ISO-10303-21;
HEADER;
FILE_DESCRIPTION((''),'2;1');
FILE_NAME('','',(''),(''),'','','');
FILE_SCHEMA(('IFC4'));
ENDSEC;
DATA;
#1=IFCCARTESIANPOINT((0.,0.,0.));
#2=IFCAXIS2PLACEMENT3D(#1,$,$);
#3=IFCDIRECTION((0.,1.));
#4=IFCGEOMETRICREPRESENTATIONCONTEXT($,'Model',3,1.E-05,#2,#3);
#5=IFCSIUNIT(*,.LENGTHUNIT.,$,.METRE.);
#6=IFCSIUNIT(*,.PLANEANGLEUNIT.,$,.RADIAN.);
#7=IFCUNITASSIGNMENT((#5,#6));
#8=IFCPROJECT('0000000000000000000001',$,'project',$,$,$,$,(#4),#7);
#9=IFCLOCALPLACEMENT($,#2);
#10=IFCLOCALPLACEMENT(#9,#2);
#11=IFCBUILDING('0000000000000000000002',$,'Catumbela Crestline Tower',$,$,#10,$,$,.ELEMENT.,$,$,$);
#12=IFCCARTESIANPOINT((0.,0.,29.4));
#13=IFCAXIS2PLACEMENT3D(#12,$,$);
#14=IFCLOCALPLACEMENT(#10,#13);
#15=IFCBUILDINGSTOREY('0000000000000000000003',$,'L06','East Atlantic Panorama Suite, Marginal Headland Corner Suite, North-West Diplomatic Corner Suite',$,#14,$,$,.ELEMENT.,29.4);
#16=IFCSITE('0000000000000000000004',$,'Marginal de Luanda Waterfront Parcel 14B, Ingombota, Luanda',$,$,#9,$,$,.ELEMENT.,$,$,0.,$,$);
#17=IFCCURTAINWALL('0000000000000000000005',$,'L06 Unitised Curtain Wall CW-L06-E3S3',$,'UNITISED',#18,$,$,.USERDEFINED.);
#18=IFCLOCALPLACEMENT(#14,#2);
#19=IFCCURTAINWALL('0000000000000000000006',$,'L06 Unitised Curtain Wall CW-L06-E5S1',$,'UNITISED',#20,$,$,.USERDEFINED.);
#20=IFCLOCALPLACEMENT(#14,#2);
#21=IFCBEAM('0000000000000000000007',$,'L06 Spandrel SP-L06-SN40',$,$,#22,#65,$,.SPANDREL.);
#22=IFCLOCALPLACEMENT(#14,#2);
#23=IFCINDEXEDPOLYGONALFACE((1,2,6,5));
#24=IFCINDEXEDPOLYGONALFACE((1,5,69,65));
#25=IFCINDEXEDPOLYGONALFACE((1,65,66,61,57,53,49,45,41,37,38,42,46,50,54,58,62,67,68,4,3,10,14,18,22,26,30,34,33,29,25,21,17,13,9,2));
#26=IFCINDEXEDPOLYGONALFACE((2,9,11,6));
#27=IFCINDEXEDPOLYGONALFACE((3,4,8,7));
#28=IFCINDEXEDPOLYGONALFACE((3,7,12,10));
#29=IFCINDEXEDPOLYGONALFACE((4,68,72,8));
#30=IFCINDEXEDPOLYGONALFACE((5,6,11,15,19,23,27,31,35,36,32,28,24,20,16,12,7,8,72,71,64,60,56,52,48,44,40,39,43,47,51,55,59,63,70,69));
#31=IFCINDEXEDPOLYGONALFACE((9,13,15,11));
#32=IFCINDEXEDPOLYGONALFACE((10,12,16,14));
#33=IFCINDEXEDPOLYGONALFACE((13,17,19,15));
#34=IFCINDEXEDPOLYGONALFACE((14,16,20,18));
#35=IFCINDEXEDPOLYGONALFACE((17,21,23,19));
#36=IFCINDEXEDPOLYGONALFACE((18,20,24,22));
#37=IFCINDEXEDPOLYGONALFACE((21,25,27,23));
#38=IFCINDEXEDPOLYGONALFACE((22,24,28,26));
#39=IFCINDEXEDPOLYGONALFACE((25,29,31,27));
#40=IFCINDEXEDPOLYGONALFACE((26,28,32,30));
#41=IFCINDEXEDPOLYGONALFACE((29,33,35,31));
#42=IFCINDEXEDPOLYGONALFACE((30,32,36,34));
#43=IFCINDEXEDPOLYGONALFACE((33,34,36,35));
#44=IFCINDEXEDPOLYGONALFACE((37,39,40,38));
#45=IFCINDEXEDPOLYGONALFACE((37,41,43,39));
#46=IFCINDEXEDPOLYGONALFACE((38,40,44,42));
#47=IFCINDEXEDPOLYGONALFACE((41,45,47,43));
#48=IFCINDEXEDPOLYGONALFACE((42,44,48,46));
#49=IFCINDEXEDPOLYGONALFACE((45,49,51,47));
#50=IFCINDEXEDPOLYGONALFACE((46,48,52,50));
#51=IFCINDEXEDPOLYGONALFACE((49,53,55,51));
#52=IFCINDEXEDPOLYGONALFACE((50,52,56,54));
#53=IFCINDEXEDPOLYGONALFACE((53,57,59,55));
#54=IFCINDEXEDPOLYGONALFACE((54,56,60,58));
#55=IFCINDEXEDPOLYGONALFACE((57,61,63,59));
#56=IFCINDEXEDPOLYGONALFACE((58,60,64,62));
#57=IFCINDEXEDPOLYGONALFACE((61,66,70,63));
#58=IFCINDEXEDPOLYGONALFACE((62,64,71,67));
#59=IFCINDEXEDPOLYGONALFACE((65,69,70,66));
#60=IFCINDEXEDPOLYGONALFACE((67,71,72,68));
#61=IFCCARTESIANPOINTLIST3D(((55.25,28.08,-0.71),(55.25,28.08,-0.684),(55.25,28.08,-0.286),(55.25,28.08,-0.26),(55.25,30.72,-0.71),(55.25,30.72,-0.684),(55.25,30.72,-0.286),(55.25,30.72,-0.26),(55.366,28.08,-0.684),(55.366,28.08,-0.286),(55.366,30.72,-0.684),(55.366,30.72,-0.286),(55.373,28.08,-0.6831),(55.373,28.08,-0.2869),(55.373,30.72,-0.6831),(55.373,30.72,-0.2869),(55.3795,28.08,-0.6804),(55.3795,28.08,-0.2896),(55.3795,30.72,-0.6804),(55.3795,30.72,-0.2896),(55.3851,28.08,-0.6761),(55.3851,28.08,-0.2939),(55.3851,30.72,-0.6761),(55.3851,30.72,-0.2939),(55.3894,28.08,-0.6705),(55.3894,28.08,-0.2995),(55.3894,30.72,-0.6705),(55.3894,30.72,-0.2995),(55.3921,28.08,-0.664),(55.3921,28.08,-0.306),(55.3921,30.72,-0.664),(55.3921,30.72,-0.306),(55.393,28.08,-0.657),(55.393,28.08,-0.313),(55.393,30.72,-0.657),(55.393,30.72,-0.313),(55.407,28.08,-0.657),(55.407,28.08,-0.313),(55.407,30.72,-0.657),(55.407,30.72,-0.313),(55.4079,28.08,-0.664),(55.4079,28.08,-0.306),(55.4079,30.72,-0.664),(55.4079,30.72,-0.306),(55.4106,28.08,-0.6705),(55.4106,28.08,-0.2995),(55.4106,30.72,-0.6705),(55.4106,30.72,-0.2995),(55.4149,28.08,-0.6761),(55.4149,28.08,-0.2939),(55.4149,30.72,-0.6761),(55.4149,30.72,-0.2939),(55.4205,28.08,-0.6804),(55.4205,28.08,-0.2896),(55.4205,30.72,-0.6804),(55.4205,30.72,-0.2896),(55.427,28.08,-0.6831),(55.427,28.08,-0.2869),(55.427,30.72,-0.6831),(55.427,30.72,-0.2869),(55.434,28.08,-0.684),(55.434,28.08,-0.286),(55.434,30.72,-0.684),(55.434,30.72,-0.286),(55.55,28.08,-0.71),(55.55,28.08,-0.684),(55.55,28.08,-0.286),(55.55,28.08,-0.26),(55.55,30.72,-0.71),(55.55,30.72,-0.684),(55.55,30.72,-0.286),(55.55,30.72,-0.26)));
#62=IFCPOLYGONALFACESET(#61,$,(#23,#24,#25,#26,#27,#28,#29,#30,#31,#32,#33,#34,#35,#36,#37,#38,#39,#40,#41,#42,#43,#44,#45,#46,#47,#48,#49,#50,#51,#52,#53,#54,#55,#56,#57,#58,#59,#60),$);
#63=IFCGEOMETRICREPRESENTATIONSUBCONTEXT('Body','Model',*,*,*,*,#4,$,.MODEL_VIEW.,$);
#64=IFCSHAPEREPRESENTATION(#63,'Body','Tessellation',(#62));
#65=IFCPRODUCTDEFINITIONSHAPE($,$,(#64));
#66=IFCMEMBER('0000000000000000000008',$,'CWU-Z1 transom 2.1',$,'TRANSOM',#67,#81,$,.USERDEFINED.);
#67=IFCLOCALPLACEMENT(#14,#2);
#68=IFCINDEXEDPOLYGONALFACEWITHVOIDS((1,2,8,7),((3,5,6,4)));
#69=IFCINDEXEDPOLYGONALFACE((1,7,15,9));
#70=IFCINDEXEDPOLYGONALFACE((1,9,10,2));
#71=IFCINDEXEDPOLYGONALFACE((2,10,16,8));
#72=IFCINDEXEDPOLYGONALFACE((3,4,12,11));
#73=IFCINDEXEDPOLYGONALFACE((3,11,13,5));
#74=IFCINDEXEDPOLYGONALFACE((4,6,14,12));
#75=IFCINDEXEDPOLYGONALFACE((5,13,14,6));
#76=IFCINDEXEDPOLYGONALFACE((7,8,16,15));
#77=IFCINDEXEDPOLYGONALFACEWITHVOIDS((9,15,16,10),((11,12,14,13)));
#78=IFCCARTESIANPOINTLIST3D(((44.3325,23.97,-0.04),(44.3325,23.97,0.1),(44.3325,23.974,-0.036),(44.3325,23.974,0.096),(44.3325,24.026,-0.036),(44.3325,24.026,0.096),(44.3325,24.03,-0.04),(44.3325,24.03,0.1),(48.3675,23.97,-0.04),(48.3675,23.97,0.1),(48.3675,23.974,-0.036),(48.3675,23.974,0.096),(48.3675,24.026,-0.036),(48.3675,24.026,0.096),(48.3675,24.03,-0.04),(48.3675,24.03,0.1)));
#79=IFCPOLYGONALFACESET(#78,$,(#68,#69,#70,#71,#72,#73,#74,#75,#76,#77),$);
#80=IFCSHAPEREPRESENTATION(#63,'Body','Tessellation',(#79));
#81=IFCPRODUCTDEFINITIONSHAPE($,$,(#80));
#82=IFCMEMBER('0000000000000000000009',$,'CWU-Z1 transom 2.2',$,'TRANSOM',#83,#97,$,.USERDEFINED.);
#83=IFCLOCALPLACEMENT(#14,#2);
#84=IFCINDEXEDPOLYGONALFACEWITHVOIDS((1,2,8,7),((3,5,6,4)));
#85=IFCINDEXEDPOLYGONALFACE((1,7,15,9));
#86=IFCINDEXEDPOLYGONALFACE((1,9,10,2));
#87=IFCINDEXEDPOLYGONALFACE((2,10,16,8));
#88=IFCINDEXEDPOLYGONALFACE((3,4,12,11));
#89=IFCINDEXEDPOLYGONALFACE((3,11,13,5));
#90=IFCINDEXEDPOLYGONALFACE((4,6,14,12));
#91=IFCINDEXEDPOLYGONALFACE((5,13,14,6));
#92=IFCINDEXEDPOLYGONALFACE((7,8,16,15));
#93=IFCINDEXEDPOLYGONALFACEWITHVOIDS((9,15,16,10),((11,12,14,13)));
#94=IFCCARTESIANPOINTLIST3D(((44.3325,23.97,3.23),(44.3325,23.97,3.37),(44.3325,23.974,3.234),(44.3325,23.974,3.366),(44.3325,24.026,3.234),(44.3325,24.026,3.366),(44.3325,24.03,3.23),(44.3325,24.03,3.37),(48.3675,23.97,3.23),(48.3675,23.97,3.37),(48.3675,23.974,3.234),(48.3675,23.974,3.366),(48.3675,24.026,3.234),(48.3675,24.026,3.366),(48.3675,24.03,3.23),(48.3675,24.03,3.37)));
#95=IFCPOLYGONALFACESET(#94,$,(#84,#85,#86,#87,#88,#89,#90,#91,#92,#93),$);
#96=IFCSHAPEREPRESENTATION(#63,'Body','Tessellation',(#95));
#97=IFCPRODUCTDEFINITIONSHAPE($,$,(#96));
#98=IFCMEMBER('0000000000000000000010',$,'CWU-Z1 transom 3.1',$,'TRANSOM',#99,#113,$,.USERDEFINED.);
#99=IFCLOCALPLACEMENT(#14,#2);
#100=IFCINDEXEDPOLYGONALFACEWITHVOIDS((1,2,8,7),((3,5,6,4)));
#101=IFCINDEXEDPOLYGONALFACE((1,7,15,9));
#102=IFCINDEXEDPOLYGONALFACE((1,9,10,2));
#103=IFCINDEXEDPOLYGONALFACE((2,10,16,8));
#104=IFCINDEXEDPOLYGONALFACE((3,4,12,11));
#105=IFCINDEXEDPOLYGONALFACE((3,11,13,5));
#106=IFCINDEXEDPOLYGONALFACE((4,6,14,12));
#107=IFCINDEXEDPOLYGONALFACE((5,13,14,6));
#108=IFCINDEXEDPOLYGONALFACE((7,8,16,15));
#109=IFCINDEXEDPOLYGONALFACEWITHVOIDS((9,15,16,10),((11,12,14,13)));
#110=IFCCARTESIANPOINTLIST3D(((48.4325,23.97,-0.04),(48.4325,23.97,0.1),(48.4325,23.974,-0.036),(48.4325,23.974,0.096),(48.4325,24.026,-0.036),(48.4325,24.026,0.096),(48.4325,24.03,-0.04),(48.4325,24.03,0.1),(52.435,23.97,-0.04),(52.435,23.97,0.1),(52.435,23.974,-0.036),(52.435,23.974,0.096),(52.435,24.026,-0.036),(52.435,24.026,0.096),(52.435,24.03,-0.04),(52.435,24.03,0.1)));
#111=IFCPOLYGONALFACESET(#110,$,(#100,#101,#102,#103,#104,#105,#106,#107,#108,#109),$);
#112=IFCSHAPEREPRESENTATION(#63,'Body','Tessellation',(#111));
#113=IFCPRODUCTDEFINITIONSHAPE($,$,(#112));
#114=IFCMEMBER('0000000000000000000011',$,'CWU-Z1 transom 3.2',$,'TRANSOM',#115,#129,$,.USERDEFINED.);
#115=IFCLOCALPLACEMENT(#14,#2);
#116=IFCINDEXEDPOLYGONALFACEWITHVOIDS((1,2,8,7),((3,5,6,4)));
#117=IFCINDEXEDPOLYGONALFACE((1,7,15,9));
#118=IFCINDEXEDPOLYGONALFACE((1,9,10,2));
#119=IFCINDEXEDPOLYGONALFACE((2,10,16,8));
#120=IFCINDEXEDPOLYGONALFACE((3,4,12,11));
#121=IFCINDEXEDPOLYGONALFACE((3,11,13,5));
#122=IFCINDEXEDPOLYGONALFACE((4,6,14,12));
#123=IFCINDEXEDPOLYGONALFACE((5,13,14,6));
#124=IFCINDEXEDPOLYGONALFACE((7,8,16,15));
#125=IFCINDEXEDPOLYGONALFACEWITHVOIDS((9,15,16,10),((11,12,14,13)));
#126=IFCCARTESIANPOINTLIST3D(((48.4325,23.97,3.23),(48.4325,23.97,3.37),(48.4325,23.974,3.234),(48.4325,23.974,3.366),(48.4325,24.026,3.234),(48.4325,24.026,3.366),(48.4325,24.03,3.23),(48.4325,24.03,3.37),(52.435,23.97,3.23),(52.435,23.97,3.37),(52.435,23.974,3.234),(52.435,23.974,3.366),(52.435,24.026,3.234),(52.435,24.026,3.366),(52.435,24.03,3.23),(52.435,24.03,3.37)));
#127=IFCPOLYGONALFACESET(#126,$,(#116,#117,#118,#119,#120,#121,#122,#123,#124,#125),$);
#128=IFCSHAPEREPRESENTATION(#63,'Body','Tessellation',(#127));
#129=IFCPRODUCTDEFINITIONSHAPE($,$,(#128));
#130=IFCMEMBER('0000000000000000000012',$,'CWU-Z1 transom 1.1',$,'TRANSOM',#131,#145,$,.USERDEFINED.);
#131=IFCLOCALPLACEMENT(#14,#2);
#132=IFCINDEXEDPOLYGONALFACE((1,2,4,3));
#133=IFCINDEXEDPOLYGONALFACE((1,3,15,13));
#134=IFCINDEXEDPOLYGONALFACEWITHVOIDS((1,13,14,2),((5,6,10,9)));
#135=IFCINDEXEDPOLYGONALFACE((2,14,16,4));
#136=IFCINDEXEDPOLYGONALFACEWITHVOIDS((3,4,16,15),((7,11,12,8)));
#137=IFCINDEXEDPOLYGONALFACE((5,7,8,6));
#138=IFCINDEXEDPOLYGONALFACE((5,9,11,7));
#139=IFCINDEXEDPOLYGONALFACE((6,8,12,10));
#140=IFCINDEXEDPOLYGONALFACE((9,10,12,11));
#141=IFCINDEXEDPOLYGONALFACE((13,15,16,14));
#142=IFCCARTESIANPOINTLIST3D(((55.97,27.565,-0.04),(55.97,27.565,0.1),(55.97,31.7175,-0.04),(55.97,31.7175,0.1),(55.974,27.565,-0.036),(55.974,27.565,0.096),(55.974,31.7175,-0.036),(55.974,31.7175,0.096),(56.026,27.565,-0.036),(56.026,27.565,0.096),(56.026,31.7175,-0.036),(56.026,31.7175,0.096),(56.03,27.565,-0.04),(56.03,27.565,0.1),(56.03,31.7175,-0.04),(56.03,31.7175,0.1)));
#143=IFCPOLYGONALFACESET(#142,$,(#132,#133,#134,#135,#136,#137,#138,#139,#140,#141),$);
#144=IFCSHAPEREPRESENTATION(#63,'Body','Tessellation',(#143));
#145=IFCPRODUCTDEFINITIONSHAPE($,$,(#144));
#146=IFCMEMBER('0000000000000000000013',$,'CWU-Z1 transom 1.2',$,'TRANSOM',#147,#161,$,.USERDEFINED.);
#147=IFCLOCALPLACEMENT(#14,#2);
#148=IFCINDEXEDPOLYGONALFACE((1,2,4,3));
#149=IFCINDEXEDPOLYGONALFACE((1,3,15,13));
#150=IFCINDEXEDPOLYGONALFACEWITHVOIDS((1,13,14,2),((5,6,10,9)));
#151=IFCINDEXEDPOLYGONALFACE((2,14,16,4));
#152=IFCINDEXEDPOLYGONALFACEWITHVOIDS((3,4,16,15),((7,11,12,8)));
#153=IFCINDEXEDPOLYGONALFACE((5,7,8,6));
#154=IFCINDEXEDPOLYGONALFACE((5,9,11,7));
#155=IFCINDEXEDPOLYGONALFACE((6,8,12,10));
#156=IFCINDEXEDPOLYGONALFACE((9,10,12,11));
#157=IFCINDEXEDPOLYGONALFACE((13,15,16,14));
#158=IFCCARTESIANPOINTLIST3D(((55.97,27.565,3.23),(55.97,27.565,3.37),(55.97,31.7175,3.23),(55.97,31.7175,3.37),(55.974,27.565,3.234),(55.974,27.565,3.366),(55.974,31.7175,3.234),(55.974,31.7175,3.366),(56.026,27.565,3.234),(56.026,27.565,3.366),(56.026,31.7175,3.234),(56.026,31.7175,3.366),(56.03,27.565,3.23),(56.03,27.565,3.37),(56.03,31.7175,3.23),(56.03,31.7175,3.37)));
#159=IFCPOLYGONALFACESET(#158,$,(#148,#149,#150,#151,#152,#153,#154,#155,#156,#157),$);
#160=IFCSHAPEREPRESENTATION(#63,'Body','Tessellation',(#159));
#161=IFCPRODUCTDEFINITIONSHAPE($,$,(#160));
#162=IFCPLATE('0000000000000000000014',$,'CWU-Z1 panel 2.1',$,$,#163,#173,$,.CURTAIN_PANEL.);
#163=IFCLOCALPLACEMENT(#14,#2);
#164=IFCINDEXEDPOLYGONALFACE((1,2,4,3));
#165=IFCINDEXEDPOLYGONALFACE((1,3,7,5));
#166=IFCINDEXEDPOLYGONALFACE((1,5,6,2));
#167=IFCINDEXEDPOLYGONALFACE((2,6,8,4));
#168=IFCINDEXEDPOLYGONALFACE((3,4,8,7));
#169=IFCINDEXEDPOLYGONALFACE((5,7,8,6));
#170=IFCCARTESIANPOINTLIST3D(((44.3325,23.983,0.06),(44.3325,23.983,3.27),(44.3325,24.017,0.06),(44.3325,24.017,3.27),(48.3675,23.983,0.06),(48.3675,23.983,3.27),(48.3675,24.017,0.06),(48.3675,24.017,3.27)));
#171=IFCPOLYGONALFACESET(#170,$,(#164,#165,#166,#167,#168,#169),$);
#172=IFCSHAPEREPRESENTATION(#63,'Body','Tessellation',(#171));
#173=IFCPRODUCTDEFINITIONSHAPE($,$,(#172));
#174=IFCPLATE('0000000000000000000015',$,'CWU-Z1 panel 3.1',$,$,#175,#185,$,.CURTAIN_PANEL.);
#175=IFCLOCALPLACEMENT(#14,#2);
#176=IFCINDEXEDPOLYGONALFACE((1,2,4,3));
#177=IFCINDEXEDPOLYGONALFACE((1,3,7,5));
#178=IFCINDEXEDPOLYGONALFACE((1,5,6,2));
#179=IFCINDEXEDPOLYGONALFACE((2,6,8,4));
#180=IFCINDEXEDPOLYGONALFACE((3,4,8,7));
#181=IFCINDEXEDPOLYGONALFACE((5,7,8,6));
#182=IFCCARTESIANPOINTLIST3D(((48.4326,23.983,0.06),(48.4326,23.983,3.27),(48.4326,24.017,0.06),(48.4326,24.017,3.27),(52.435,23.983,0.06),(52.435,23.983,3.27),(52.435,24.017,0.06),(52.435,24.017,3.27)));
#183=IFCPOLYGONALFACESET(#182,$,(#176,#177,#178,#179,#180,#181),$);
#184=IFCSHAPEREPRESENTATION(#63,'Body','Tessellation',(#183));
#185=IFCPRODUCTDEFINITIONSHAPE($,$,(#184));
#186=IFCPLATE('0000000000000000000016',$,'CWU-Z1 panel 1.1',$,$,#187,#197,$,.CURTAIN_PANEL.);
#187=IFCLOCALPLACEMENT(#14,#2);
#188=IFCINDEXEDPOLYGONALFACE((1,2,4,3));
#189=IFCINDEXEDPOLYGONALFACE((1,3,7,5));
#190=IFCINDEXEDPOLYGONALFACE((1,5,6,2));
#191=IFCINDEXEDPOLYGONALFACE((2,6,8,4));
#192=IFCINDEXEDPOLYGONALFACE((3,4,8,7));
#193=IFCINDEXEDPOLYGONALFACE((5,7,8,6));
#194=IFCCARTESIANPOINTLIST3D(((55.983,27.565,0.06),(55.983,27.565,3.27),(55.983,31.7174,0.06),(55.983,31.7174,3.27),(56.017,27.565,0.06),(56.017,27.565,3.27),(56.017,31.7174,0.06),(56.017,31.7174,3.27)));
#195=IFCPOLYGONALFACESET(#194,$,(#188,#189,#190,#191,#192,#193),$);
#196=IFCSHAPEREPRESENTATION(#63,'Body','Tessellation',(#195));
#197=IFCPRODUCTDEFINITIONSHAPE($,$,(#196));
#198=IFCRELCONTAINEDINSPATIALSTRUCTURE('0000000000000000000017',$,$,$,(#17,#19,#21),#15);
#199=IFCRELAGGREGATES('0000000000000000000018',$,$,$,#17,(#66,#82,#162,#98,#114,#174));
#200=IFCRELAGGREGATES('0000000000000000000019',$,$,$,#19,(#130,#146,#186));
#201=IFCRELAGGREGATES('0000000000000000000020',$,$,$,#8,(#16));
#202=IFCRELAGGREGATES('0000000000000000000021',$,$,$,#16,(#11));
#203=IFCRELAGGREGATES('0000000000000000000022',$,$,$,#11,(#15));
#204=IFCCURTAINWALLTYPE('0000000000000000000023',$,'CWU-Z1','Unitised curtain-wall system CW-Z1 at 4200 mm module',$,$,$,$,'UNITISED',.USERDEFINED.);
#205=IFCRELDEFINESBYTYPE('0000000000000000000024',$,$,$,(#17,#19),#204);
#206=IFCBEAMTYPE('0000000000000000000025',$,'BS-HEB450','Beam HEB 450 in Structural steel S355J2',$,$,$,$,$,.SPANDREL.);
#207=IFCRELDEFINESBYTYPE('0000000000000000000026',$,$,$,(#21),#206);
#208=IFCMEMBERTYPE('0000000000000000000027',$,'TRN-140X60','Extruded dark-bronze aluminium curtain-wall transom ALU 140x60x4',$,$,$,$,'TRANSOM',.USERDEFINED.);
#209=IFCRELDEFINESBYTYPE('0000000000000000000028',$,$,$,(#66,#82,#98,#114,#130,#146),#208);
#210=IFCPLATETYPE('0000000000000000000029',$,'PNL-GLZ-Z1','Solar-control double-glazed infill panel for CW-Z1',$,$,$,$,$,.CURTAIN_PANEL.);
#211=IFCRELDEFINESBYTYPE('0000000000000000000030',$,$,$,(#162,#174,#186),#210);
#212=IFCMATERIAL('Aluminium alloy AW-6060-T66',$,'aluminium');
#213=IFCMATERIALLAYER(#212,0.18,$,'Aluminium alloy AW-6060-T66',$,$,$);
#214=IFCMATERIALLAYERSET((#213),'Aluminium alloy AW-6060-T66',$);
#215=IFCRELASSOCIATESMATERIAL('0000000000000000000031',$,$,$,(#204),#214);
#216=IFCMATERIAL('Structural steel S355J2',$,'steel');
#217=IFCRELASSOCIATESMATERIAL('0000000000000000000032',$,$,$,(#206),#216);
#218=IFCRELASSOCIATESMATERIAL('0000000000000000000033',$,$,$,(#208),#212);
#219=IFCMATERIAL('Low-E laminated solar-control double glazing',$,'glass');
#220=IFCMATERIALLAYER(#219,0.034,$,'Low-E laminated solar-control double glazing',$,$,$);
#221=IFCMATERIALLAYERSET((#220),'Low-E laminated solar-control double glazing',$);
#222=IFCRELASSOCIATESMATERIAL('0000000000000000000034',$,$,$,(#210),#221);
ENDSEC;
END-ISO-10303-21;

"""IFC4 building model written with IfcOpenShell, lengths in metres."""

from ifc_helpers import new_model, si_unit, direction, frame, origin, origin_2d, place, context, subcontext, project, spatial, rectangle, hollow_rectangle, i_section, extrude, material, layer, layer_set, material_profile, profile_set, type_object, element, aggregate, save


model = new_model("IFC4")

# Units and contexts
model_context = context("Model", 3, precision=1e-05, world=origin(), true_north=direction((0.0, 1.0)))
body_context = subcontext(model_context, "Body", "Model", "MODEL_VIEW")
ifc_project = project(units=[si_unit("LENGTHUNIT", "METRE"), si_unit("PLANEANGLEUNIT", "RADIAN")], contexts=[model_context])

# Site, building, storey
site_placement = place(None, origin())
site = spatial("IfcSite", under=ifc_project, at=site_placement, Name="Marginal de Luanda Waterfront Parcel 14B, Ingombota, Luanda", CompositionType="ELEMENT", RefElevation=0.0)
building_placement = place(site_placement, origin())
building = spatial("IfcBuilding", under=site, at=building_placement, Name="Catumbela Crestline Tower", CompositionType="ELEMENT")
storey_placement = place(building_placement, frame((0.0, 0.0, 29.4)))
storey = spatial("IfcBuildingStorey", under=building, at=storey_placement, Name="L06", Description="East Atlantic Panorama Suite, Marginal Headland Corner Suite, North-West Diplomatic Corner Suite", CompositionType="ELEMENT", Elevation=29.4)

# Shared definitions
ifc_material_1 = material(Name="Structural steel S355J2", Category="steel")

# Curtain wall
ifc_material_2 = material(Name="Aluminium alloy AW-6060-T66", Category="aluminium")
ifc_layer_1 = layer(ifc_material_2, 0.18, Name="Aluminium alloy AW-6060-T66")
ifc_layer_set_1 = layer_set([ifc_layer_1], Name="Aluminium alloy AW-6060-T66")
curtain_wall_type = type_object("IfcCurtainWallType", Name="CWU-Z1", Description="Unitised curtain-wall system CW-Z1 at 4200 mm module", ElementType="UNITISED", PredefinedType="USERDEFINED", material=ifc_layer_set_1)
curtain_wall_1_placement = place(storey_placement, origin())
curtain_wall_1 = element("IfcCurtainWall", 1, at=curtain_wall_1_placement, inside=storey, type_object=curtain_wall_type, Name="L06 Unitised Curtain Wall CW-L06-E3S3", ObjectType="UNITISED", PredefinedType="USERDEFINED")

# Curtain wall
curtain_wall_2_placement = place(storey_placement, origin())
curtain_wall_2 = element("IfcCurtainWall", 2, at=curtain_wall_2_placement, inside=storey, type_object=curtain_wall_type, Name="L06 Unitised Curtain Wall CW-L06-E5S1", ObjectType="UNITISED", PredefinedType="USERDEFINED")

# Beam
ifc_material_profile_1 = material_profile(ifc_material_1, i_section(OverallWidth=0.3, OverallDepth=0.45, WebThickness=0.014, FlangeThickness=0.026, FilletRadius=0.027, at=origin_2d()), Name="HEB 450")
ifc_profile_set_1 = profile_set([ifc_material_profile_1], Name="Structural steel S355J2")
beam_type_1 = type_object("IfcBeamType", Name="BS-HEB450", Description="Beam HEB 450 in Structural steel S355J2", PredefinedType="SPANDREL", material=ifc_profile_set_1)
beam_1_placement = place(storey_placement, frame((55.4, 28.08, -0.485), z_axis=(0.0, 1.0, 0.0), x_axis=(-1.0, 0.0, 0.0)))
element("IfcBeam", 3, at=beam_1_placement, inside=storey, type_object=beam_type_1, Name="L06 Spandrel SP-L06-SN40", PredefinedType="SPANDREL", context=body_context, shape_type="SweptSolid", body=[
    extrude(i_section(OverallWidth=0.3, OverallDepth=0.45, WebThickness=0.014, FlangeThickness=0.026, FilletRadius=0.027, at=origin_2d()), origin(), (0.0, 0.0, 1.0), 2.64),
])

# Members
ifc_material_profile_2 = material_profile(ifc_material_2, hollow_rectangle(XDim=0.06, YDim=0.14, WallThickness=0.004, at=origin_2d()), Name="ALU 140x60x4")
ifc_profile_set_2 = profile_set([ifc_material_profile_2], Name="Aluminium alloy AW-6060-T66")
member_type_1 = type_object("IfcMemberType", Name="TRN-140X60", Description="Extruded dark-bronze aluminium curtain-wall transom ALU 140x60x4", ElementType="TRANSOM", PredefinedType="USERDEFINED", material=ifc_profile_set_2)
member_1_placement = place(storey_placement, frame((44.3325, 24.0, 0.03), z_axis=(1.0, 0.0, 0.0), x_axis=(0.0, 1.0, 0.0)))
member_1 = element("IfcMember", 4, at=member_1_placement, type_object=member_type_1, Name="CWU-Z1 transom 2.1", ObjectType="TRANSOM", PredefinedType="USERDEFINED", context=body_context, shape_type="SweptSolid", body=[
    extrude(hollow_rectangle(XDim=0.06, YDim=0.14, WallThickness=0.004, at=origin_2d()), origin(), (0.0, 0.0, 1.0), 4.035),
])
member_2_placement = place(storey_placement, frame((44.3325, 24.0, 3.3), z_axis=(1.0, 0.0, 0.0), x_axis=(0.0, 1.0, 0.0)))
member_2 = element("IfcMember", 5, at=member_2_placement, type_object=member_type_1, Name="CWU-Z1 transom 2.2", ObjectType="TRANSOM", PredefinedType="USERDEFINED", context=body_context, shape_type="SweptSolid", body=[
    extrude(hollow_rectangle(XDim=0.06, YDim=0.14, WallThickness=0.004, at=origin_2d()), origin(), (0.0, 0.0, 1.0), 4.035),
])
member_3_placement = place(storey_placement, frame((48.4325, 24.0, 0.03), z_axis=(1.0, 0.0, 0.0), x_axis=(0.0, 1.0, 0.0)))
member_3 = element("IfcMember", 6, at=member_3_placement, type_object=member_type_1, Name="CWU-Z1 transom 3.1", ObjectType="TRANSOM", PredefinedType="USERDEFINED", context=body_context, shape_type="SweptSolid", body=[
    extrude(hollow_rectangle(XDim=0.06, YDim=0.14, WallThickness=0.004, at=origin_2d()), origin(), (0.0, 0.0, 1.0), 4.0025),
])
member_4_placement = place(storey_placement, frame((48.4325, 24.0, 3.3), z_axis=(1.0, 0.0, 0.0), x_axis=(0.0, 1.0, 0.0)))
member_4 = element("IfcMember", 7, at=member_4_placement, type_object=member_type_1, Name="CWU-Z1 transom 3.2", ObjectType="TRANSOM", PredefinedType="USERDEFINED", context=body_context, shape_type="SweptSolid", body=[
    extrude(hollow_rectangle(XDim=0.06, YDim=0.14, WallThickness=0.004, at=origin_2d()), origin(), (0.0, 0.0, 1.0), 4.0025),
])
member_5_placement = place(storey_placement, frame((56.0, 27.565, 0.03), z_axis=(0.0, 1.0, 0.0), x_axis=(-1.0, 0.0, 0.0)))
member_5 = element("IfcMember", 8, at=member_5_placement, type_object=member_type_1, Name="CWU-Z1 transom 1.1", ObjectType="TRANSOM", PredefinedType="USERDEFINED", context=body_context, shape_type="SweptSolid", body=[
    extrude(hollow_rectangle(XDim=0.06, YDim=0.14, WallThickness=0.004, at=origin_2d()), origin(), (0.0, 0.0, 1.0), 4.1525),
])
member_6_placement = place(storey_placement, frame((56.0, 27.565, 3.3), z_axis=(0.0, 1.0, 0.0), x_axis=(-1.0, 0.0, 0.0)))
member_6 = element("IfcMember", 9, at=member_6_placement, type_object=member_type_1, Name="CWU-Z1 transom 1.2", ObjectType="TRANSOM", PredefinedType="USERDEFINED", context=body_context, shape_type="SweptSolid", body=[
    extrude(hollow_rectangle(XDim=0.06, YDim=0.14, WallThickness=0.004, at=origin_2d()), origin(), (0.0, 0.0, 1.0), 4.1525),
])

# Plates
ifc_material_3 = material(Name="Low-E laminated solar-control double glazing", Category="glass")
ifc_layer_2 = layer(ifc_material_3, 0.034, Name="Low-E laminated solar-control double glazing")
ifc_layer_set_2 = layer_set([ifc_layer_2], Name="Low-E laminated solar-control double glazing")
plate_type = type_object("IfcPlateType", Name="PNL-GLZ-Z1", Description="Solar-control double-glazed infill panel for CW-Z1", PredefinedType="CURTAIN_PANEL", material=ifc_layer_set_2)
plate_1_placement = place(storey_placement, frame((46.35, 24.0, 0.06), z_axis=(0.0, 0.0, 1.0), x_axis=(1.0, 0.0, 0.0)))
plate_1 = element("IfcPlate", 10, at=plate_1_placement, type_object=plate_type, Name="CWU-Z1 panel 2.1", PredefinedType="CURTAIN_PANEL", context=body_context, shape_type="SweptSolid", body=[
    extrude(rectangle(XDim=4.035, YDim=0.034, at=origin_2d()), origin(), (0.0, 0.0, 1.0), 3.21),
])
plate_2_placement = place(storey_placement, frame((50.4338, 24.0, 0.06), z_axis=(0.0, 0.0, 1.0), x_axis=(1.0, 0.0, 0.0)))
plate_2 = element("IfcPlate", 11, at=plate_2_placement, type_object=plate_type, Name="CWU-Z1 panel 3.1", PredefinedType="CURTAIN_PANEL", context=body_context, shape_type="SweptSolid", body=[
    extrude(rectangle(XDim=4.0025, YDim=0.034, at=origin_2d()), origin(), (0.0, 0.0, 1.0), 3.21),
])
aggregate(curtain_wall_1, [member_1, member_2, plate_1, member_3, member_4, plate_2])
plate_3_placement = place(storey_placement, frame((56.0, 29.6412, 0.06), z_axis=(0.0, 0.0, 1.0), x_axis=(0.0, 1.0, 0.0)))
plate_3 = element("IfcPlate", 12, at=plate_3_placement, type_object=plate_type, Name="CWU-Z1 panel 1.1", PredefinedType="CURTAIN_PANEL", context=body_context, shape_type="SweptSolid", body=[
    extrude(rectangle(XDim=4.1525, YDim=0.034, at=origin_2d()), origin(), (0.0, 0.0, 1.0), 3.21),
])
aggregate(curtain_wall_2, [member_5, member_6, plate_3])

save(model, "model.ifc")
